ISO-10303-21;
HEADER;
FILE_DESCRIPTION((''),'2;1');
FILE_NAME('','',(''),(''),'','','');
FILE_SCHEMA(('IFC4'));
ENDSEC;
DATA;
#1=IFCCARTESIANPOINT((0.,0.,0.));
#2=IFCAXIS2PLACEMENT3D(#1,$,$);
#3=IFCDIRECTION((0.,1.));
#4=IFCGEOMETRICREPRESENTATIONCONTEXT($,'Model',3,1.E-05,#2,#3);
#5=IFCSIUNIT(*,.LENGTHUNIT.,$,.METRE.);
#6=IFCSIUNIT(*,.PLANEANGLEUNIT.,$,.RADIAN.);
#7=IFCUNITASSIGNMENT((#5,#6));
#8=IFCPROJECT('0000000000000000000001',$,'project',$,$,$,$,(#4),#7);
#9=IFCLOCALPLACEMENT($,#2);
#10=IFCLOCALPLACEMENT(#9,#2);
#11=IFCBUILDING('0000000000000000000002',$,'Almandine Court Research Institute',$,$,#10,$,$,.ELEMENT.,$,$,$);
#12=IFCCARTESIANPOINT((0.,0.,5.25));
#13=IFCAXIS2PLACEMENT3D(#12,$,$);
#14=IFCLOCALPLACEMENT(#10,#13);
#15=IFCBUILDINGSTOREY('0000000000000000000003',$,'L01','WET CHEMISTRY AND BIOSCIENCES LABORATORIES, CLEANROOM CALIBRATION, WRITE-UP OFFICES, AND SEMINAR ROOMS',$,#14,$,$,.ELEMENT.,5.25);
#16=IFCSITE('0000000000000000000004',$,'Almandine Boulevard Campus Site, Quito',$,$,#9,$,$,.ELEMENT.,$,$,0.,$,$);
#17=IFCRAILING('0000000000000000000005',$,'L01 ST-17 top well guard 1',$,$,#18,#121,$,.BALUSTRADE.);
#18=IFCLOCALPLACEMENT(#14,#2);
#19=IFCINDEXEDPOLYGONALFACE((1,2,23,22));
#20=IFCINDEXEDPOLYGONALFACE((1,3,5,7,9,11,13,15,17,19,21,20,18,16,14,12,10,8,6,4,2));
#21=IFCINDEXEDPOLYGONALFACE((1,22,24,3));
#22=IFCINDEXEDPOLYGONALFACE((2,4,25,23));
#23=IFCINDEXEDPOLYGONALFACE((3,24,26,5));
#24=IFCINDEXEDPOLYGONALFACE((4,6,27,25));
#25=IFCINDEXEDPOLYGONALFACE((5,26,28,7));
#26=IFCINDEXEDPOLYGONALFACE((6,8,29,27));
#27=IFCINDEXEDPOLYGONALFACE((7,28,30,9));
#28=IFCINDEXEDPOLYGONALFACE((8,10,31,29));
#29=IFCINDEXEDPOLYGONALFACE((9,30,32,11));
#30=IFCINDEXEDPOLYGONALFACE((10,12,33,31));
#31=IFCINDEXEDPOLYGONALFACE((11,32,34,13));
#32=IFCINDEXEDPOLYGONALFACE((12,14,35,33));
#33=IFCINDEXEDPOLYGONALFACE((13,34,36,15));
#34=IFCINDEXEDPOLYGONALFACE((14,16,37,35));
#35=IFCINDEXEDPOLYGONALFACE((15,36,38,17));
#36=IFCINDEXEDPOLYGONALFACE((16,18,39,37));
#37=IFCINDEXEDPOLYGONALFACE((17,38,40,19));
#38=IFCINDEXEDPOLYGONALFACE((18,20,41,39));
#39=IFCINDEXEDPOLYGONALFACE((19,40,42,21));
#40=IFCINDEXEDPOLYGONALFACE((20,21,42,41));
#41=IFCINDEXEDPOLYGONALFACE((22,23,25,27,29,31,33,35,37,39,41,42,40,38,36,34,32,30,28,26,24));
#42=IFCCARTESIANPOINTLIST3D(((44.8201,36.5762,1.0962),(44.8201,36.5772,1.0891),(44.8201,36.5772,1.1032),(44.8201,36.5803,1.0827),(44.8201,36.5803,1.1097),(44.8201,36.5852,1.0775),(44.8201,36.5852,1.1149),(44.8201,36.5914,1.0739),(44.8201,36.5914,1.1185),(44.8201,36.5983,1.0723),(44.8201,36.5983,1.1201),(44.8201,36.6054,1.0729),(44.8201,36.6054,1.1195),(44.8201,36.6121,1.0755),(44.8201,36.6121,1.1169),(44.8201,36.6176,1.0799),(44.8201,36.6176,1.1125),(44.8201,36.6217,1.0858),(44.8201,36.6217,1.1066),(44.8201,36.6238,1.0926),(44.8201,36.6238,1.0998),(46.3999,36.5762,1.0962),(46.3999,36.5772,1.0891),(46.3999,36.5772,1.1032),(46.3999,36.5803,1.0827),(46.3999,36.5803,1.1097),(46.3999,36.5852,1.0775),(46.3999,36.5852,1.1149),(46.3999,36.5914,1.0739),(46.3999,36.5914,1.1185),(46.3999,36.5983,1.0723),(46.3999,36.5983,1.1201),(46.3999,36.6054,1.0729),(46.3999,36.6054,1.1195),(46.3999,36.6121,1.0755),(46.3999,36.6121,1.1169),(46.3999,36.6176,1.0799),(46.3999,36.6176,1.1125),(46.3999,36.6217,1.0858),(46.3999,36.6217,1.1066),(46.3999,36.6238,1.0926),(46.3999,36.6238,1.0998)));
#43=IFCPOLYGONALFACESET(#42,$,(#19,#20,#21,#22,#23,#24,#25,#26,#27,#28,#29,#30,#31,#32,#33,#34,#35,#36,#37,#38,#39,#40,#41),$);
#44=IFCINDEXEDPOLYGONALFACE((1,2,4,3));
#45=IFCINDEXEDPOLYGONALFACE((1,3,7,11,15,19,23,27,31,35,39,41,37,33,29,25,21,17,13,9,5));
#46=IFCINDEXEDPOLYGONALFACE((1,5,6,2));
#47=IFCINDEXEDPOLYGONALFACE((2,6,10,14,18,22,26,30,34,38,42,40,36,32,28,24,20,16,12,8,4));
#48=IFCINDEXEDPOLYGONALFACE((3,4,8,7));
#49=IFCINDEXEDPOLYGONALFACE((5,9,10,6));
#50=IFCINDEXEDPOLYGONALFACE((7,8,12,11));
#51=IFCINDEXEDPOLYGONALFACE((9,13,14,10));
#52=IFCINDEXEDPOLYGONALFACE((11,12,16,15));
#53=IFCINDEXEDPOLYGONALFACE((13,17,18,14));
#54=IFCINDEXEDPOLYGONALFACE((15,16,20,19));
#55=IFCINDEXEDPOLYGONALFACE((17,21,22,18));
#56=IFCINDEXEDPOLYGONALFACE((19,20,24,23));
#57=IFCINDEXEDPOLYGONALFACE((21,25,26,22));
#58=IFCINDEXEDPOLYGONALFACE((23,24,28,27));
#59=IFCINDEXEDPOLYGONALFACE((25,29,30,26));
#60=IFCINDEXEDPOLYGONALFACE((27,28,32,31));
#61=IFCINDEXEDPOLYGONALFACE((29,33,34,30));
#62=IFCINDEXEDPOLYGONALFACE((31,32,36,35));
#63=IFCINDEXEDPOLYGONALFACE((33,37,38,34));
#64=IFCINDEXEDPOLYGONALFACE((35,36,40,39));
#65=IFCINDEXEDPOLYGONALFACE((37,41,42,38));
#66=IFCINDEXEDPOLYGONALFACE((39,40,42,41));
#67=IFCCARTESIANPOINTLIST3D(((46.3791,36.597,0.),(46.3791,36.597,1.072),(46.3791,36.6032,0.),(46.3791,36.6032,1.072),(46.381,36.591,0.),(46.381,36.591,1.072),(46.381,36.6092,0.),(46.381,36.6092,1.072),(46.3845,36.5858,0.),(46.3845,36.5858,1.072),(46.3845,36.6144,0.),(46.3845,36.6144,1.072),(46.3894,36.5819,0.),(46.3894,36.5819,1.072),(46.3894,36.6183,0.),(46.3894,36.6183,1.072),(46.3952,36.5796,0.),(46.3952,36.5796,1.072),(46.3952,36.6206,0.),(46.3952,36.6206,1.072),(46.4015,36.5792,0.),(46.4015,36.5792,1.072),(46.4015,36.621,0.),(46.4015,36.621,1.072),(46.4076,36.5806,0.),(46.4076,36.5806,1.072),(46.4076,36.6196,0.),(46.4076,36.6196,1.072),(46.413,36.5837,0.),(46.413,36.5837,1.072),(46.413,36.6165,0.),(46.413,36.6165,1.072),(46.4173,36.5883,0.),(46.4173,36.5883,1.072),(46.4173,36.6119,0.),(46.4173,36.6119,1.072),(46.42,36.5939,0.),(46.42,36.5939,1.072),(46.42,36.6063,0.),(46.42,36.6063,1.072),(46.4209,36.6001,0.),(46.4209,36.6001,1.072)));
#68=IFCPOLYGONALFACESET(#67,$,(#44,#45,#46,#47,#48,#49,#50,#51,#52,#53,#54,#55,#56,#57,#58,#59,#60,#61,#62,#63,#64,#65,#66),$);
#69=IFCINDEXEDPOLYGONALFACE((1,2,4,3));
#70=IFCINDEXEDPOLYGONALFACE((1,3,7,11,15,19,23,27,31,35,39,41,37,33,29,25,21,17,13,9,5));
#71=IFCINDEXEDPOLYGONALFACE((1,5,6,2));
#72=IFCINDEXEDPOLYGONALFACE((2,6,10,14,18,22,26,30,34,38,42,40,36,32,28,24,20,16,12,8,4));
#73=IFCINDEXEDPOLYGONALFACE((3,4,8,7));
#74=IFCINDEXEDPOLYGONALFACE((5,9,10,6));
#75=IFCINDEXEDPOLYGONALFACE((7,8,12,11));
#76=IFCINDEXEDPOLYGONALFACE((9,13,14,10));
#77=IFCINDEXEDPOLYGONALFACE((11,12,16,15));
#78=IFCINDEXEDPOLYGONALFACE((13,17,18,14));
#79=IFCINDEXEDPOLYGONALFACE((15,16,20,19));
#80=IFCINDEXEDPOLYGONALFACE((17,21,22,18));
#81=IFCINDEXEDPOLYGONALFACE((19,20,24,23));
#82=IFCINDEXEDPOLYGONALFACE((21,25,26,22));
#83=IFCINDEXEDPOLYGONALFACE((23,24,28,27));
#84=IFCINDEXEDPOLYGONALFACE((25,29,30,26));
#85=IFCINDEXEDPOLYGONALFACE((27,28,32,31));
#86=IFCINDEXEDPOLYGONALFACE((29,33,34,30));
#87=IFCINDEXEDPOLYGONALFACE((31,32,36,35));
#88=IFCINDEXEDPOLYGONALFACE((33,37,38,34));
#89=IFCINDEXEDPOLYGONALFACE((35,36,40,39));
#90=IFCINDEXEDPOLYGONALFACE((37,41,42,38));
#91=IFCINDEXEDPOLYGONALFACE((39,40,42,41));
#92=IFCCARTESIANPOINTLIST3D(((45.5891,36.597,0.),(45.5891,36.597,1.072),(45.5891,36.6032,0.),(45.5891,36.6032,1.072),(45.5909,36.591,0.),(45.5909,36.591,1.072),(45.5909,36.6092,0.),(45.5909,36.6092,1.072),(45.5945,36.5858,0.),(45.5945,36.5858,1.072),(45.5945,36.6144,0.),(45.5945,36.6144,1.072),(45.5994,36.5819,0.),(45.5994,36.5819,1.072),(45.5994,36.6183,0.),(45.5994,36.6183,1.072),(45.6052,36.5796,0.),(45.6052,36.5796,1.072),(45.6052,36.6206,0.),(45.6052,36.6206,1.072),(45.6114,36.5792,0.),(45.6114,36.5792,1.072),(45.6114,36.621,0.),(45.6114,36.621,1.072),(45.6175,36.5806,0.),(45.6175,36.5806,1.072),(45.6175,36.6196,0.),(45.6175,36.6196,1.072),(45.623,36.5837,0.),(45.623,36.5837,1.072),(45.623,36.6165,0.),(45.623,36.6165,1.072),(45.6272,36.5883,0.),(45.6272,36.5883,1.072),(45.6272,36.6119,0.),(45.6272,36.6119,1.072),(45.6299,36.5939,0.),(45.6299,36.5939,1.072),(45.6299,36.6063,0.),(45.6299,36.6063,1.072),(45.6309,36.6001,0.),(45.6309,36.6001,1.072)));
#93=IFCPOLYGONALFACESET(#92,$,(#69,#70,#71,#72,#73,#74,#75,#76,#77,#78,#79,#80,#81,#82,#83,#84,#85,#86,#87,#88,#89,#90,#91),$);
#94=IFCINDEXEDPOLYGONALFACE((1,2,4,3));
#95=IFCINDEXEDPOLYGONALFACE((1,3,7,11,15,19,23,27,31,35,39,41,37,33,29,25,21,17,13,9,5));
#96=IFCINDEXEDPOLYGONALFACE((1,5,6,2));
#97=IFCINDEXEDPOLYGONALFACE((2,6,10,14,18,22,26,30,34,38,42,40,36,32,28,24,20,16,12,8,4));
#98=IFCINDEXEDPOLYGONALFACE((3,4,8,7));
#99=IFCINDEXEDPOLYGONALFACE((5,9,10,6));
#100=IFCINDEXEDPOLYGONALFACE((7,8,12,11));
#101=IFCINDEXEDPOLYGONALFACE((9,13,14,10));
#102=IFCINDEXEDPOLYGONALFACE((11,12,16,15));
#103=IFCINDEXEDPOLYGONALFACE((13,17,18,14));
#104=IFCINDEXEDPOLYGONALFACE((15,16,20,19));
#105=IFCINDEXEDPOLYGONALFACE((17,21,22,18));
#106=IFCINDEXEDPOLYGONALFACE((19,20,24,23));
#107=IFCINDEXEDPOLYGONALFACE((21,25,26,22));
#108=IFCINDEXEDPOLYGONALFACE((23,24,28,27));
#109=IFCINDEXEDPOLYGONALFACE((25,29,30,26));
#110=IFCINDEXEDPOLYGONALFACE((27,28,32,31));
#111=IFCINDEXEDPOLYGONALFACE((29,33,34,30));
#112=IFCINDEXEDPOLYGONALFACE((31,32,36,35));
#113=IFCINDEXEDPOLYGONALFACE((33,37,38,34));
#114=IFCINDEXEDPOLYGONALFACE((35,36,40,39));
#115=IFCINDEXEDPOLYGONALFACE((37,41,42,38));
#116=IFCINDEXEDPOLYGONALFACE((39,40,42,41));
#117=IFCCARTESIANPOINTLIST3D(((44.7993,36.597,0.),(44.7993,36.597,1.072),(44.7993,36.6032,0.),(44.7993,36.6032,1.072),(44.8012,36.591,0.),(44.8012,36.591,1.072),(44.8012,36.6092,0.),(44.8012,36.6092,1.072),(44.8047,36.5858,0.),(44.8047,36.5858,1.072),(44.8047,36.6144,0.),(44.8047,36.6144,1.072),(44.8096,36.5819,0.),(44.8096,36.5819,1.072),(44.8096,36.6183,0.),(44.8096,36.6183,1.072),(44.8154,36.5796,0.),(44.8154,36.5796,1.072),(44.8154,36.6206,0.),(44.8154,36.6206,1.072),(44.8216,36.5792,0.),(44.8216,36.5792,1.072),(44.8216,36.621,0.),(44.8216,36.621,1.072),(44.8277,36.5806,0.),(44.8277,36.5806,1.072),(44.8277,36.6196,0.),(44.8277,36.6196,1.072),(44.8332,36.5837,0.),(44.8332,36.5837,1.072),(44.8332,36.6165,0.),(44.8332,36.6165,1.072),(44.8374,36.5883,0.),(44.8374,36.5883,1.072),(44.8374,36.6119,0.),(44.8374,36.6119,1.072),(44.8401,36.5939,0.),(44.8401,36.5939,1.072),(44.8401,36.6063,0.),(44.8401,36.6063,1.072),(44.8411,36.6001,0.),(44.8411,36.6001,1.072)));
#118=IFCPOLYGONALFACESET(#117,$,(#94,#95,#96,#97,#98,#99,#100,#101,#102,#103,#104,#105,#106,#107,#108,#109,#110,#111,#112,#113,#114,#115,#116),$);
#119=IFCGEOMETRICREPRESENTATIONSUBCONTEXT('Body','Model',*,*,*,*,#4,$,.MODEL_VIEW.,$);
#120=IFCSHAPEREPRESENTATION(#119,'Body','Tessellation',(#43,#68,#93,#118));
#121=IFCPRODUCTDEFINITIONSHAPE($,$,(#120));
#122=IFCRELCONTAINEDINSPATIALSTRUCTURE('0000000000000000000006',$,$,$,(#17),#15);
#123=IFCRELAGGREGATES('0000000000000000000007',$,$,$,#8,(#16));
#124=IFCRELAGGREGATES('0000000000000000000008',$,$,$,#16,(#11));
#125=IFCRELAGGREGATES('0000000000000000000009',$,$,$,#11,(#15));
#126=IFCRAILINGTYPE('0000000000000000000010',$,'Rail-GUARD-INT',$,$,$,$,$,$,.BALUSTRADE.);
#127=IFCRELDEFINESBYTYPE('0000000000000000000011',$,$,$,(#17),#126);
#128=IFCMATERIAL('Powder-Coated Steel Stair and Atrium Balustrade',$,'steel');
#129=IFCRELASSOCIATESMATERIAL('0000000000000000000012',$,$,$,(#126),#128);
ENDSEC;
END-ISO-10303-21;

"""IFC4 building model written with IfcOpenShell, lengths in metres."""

from ifc_helpers import new_model, si_unit, direction, frame, origin, origin_2d, place, context, subcontext, project, spatial, circle, extrude, material, type_object, element, save


model = new_model("IFC4")

# Units and contexts
model_context = context("Model", 3, precision=1e-05, world=origin(), true_north=direction((0.0, 1.0)))
body_context = subcontext(model_context, "Body", "Model", "MODEL_VIEW")
ifc_project = project(units=[si_unit("LENGTHUNIT", "METRE"), si_unit("PLANEANGLEUNIT", "RADIAN")], contexts=[model_context])

# Site, building, storey
site_placement = place(None, origin())
site = spatial("IfcSite", under=ifc_project, at=site_placement, Name="Almandine Boulevard Campus Site, Quito", CompositionType="ELEMENT", RefElevation=0.0)
building_placement = place(site_placement, origin())
building = spatial("IfcBuilding", under=site, at=building_placement, Name="Almandine Court Research Institute", CompositionType="ELEMENT")
storey_placement = place(building_placement, frame((0.0, 0.0, 5.25)))
storey = spatial("IfcBuildingStorey", under=building, at=storey_placement, Name="L01", Description="WET CHEMISTRY AND BIOSCIENCES LABORATORIES, CLEANROOM CALIBRATION, WRITE-UP OFFICES, AND SEMINAR ROOMS", CompositionType="ELEMENT", Elevation=5.25)

# Railing
ifc_material_1 = material(Name="Powder-Coated Steel Stair and Atrium Balustrade", Category="steel")
railing_type = type_object("IfcRailingType", Name="Rail-GUARD-INT", PredefinedType="BALUSTRADE", material=ifc_material_1)
railing_placement = place(storey_placement, frame((46.3999, 36.6001, 0.0)))
element("IfcRailing", 1, at=railing_placement, inside=storey, type_object=railing_type, Name="L01 ST-17 top well guard 1", PredefinedType="BALUSTRADE", context=body_context, shape_type="SweptSolid", body=[
    extrude(circle(Radius=0.0239, at=origin_2d()), frame((0.0, 0.0, 1.0962), z_axis=(-1.0, 0.0, 0.0), x_axis=(0.0, -1.0, 0.0)), (0.0, 0.0, 1.0), 1.5798),
    extrude(circle(Radius=0.021, at=origin_2d()), origin(), (0.0, 0.0, 1.0), 1.072),
    extrude(circle(Radius=0.021, at=origin_2d()), frame((-0.79, 0.0, 0.0)), (0.0, 0.0, 1.0), 1.072),
    extrude(circle(Radius=0.021, at=origin_2d()), frame((-1.5798, 0.0, 0.0)), (0.0, 0.0, 1.0), 1.072),
])

save(model, "model.ifc")
